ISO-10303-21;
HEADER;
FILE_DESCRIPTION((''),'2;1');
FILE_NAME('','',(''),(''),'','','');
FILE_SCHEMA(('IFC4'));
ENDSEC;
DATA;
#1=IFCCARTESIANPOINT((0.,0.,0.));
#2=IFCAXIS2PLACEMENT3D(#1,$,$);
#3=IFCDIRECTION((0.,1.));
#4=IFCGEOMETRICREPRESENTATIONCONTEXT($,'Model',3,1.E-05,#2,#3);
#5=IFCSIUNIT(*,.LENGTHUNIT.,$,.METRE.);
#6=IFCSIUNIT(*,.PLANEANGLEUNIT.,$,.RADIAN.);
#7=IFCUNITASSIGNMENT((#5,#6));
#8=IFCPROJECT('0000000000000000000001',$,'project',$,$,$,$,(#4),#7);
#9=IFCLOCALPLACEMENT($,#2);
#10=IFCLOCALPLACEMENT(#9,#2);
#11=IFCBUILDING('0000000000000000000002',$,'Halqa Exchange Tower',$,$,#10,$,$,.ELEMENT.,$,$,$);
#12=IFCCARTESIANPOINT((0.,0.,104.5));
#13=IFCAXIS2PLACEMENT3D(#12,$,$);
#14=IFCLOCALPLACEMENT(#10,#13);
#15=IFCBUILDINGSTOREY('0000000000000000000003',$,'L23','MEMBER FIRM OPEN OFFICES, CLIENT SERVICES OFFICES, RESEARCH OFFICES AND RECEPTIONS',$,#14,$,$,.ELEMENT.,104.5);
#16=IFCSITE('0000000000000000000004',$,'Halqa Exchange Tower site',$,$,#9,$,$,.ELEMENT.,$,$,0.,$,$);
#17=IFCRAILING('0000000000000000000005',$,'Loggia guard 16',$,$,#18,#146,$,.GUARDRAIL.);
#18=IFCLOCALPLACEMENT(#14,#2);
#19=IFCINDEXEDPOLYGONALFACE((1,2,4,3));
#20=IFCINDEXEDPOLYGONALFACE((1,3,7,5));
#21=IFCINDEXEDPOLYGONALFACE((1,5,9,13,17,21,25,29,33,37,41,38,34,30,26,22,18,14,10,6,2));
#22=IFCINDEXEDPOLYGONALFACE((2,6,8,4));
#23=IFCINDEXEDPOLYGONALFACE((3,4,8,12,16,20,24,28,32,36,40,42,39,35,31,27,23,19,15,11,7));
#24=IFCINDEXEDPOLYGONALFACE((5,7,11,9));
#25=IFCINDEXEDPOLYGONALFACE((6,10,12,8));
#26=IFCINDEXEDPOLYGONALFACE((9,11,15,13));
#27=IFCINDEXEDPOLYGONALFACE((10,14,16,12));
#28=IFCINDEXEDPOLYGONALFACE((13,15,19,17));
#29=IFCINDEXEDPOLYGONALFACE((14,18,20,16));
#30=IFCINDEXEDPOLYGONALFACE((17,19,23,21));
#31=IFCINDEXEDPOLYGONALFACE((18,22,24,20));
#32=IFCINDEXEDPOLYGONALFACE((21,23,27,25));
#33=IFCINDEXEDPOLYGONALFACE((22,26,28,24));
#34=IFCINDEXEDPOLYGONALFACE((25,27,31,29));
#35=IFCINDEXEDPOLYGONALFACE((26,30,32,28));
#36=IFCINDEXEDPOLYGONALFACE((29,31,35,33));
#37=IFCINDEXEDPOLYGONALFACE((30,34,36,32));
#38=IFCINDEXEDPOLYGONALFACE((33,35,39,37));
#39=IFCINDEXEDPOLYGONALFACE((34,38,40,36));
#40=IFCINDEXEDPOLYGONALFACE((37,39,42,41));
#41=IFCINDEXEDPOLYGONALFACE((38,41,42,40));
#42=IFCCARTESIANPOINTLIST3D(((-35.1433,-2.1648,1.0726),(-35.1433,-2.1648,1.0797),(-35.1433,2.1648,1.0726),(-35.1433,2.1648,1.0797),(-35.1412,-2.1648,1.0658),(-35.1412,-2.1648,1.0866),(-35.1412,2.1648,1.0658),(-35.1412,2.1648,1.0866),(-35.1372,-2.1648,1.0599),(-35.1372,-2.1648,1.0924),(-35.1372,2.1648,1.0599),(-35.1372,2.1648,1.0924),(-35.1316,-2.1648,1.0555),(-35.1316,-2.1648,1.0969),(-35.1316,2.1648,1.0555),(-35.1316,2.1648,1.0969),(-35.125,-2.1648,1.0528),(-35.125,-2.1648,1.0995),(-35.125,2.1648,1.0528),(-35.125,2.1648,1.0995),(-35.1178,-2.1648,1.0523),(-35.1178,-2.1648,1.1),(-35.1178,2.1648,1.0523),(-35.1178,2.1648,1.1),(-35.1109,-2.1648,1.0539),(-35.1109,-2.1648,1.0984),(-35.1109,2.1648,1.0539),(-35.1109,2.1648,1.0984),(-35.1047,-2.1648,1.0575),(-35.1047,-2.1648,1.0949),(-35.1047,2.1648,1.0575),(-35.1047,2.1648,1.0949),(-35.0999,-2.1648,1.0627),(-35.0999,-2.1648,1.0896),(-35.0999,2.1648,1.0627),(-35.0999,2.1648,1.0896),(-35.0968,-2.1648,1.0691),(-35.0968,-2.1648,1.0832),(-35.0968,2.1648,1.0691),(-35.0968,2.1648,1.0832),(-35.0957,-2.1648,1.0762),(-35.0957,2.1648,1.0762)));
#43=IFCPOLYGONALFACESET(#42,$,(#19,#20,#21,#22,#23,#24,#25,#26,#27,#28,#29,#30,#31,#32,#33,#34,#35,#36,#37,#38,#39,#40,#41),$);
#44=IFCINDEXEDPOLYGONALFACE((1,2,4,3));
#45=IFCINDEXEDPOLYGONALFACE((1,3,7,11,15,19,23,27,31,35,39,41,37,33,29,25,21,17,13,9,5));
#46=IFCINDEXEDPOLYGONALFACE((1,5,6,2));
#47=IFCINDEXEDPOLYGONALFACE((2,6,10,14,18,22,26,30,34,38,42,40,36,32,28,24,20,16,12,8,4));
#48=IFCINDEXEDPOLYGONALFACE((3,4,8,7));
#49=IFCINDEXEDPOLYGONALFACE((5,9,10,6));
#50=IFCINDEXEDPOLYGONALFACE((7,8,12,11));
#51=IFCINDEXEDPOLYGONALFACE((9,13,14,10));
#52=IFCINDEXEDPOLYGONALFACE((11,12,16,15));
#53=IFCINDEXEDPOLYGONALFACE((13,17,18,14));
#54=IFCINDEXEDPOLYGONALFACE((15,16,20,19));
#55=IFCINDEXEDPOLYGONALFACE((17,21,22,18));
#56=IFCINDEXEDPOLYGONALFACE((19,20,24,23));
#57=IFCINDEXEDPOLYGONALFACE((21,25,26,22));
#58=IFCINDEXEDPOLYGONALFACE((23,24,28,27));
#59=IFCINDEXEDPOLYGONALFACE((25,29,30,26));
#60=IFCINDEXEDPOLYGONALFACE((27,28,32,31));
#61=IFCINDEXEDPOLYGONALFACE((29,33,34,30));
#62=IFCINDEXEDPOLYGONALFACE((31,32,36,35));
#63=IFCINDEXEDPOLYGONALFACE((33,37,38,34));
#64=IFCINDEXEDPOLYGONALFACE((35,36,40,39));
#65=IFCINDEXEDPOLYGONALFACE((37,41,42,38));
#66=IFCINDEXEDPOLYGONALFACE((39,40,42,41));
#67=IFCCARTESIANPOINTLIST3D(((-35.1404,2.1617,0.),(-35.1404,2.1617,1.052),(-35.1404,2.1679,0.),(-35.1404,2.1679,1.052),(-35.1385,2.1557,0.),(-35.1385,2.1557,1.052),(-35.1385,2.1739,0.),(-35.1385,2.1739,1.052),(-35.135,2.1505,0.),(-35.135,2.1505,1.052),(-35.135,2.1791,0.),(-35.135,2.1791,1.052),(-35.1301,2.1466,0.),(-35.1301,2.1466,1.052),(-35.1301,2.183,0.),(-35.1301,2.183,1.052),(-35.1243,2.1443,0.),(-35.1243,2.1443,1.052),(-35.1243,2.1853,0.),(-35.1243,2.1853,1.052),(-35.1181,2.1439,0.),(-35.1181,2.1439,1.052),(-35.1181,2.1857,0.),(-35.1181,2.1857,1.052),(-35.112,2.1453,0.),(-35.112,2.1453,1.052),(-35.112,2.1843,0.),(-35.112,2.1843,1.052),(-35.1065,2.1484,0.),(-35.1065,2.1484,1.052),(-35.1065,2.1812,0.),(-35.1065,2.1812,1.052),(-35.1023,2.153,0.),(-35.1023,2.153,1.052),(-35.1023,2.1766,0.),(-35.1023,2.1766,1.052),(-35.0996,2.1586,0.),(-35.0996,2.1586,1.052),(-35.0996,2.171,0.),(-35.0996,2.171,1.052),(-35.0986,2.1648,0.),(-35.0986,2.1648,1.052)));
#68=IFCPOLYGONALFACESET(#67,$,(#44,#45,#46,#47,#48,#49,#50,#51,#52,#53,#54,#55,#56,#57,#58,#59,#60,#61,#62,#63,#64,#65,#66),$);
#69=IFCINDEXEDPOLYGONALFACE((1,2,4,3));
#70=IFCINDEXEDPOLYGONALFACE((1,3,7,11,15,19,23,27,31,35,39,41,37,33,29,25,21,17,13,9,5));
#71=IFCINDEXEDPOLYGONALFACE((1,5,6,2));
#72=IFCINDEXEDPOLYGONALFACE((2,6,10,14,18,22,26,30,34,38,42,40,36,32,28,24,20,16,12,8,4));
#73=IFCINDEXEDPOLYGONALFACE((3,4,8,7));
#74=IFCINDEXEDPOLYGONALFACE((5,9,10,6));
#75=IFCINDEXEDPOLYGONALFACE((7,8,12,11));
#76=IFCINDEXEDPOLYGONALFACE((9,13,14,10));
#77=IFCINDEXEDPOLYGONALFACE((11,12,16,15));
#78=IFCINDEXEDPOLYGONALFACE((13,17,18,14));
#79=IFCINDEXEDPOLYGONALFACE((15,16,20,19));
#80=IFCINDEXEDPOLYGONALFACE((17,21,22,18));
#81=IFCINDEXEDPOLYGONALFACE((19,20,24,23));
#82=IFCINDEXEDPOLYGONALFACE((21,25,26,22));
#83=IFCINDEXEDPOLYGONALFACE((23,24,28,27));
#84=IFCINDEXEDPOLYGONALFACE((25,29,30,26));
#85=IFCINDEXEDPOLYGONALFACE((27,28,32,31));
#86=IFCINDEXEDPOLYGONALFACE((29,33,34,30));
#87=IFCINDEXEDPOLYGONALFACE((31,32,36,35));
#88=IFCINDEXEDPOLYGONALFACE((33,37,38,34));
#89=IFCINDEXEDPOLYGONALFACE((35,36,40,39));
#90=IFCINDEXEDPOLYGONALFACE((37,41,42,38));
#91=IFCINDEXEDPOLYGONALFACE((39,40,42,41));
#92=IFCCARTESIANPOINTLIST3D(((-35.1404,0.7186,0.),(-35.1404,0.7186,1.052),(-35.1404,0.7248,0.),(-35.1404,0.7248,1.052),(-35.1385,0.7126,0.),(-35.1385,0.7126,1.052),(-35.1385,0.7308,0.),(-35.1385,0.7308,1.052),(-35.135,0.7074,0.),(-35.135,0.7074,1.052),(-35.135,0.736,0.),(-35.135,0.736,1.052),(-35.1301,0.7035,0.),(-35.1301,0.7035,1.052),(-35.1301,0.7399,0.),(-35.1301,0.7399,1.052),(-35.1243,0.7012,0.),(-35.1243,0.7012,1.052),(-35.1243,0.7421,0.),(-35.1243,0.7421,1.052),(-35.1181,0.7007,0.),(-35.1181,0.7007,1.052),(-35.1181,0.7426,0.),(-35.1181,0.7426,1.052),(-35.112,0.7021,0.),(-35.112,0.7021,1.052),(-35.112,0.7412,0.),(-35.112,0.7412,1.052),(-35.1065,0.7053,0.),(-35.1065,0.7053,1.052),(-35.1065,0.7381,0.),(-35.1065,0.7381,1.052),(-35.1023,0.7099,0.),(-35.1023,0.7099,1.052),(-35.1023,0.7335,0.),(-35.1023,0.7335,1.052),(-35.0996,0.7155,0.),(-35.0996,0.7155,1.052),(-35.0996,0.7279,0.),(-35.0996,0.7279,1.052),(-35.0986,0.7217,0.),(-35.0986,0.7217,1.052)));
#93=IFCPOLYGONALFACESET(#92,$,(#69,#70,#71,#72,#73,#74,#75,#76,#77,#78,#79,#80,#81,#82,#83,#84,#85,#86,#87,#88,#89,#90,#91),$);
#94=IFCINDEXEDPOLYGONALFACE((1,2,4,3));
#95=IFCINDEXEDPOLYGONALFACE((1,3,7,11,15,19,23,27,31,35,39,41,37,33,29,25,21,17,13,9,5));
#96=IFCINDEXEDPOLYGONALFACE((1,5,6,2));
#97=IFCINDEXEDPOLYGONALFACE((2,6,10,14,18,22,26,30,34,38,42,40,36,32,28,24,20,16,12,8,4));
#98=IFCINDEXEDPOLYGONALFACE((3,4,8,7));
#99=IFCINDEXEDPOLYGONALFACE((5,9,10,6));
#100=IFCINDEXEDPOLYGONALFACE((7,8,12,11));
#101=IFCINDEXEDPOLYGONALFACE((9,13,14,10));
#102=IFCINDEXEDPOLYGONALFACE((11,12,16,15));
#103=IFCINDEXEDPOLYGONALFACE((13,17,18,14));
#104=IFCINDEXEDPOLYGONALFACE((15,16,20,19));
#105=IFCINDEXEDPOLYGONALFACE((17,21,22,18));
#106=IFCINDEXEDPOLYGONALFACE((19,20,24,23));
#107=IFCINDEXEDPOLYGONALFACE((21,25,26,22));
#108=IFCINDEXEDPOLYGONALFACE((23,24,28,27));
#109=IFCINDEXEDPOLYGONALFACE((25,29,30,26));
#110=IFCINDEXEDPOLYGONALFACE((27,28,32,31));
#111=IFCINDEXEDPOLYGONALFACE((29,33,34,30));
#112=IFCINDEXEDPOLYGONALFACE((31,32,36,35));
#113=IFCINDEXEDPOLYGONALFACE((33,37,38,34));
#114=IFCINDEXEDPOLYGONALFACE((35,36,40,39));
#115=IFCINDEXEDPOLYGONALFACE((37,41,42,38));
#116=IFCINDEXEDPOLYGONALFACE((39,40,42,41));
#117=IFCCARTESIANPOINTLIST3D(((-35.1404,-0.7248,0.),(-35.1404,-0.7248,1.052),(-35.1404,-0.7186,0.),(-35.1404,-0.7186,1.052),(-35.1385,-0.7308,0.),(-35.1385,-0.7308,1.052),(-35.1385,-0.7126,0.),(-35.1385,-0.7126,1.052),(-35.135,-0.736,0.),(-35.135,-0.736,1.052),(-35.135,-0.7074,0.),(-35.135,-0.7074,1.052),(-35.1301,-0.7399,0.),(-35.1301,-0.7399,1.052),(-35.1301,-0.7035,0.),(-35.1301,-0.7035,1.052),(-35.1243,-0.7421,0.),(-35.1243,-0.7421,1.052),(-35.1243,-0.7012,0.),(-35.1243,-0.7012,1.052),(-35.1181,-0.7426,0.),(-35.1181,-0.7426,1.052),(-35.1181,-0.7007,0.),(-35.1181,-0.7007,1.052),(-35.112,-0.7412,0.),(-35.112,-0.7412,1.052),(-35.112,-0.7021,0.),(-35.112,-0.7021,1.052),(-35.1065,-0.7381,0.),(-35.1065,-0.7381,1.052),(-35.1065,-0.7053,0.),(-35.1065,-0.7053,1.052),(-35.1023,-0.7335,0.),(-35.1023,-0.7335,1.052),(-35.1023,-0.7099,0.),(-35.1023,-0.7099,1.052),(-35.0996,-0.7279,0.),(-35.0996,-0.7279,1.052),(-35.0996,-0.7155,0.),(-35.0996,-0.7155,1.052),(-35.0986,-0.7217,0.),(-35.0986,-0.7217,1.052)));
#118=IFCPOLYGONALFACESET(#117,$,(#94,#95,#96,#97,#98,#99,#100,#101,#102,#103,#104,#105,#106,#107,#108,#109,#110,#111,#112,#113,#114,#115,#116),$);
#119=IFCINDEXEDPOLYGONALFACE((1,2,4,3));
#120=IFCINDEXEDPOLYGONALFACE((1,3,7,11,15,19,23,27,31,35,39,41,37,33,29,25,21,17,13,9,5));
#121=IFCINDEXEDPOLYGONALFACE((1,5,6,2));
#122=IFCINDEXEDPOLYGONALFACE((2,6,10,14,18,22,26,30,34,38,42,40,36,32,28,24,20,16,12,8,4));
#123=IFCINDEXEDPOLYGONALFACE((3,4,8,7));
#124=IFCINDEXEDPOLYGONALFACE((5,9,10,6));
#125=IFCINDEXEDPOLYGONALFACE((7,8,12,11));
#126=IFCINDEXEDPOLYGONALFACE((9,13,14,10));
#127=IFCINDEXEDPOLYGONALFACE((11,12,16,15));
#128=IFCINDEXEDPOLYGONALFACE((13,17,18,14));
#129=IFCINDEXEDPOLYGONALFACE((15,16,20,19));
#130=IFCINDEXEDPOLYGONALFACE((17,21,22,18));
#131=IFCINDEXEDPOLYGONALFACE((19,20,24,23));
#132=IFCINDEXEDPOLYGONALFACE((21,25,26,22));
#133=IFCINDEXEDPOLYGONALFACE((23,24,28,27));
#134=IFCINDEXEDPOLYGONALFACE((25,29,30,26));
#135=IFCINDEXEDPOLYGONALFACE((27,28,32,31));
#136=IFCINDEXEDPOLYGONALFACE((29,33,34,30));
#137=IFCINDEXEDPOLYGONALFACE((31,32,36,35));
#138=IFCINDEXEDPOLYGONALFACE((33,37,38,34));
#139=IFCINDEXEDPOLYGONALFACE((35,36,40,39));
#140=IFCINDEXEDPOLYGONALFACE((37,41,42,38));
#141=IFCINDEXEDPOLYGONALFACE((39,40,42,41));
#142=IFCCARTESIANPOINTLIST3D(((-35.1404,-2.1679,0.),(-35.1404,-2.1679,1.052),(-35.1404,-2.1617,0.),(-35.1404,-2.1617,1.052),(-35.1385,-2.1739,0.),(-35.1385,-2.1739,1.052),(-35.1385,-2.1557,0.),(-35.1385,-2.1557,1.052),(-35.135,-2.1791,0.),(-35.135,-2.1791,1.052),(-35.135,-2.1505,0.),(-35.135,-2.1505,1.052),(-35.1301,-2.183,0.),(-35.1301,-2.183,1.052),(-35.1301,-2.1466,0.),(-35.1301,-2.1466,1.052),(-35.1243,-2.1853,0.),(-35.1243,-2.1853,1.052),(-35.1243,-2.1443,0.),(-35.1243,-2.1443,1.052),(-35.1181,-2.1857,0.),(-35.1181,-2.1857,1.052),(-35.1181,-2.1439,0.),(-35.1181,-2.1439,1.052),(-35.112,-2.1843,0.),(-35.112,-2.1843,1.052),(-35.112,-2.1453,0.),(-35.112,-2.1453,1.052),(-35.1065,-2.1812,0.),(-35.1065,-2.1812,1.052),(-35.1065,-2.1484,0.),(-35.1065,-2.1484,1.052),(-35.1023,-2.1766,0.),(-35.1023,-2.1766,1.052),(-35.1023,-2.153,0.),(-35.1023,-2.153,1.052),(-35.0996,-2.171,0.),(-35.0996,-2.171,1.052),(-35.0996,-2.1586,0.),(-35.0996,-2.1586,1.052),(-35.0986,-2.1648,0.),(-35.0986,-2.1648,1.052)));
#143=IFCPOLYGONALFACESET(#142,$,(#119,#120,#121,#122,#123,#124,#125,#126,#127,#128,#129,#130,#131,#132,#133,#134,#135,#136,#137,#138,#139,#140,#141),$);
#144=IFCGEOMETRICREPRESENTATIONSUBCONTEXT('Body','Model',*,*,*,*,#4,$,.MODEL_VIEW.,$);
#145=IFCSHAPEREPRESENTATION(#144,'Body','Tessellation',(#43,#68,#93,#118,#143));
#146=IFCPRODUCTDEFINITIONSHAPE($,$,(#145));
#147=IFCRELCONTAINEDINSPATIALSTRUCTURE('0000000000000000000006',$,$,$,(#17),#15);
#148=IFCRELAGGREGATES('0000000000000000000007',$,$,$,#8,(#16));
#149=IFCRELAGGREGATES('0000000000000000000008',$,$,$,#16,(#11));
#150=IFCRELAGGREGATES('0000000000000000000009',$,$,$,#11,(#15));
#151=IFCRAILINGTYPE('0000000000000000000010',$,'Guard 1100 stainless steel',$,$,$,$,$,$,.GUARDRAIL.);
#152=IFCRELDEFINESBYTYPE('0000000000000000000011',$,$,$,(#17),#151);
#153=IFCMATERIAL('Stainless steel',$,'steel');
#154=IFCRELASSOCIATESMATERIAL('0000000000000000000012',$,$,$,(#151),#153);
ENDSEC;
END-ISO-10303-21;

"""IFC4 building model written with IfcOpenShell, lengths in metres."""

from ifc_helpers import new_model, si_unit, direction, frame, origin, origin_2d, place, context, subcontext, project, spatial, circle, extrude, material, type_object, element, save


model = new_model("IFC4")

# Units and contexts
model_context = context("Model", 3, precision=1e-05, world=origin(), true_north=direction((0.0, 1.0)))
body_context = subcontext(model_context, "Body", "Model", "MODEL_VIEW")
ifc_project = project(units=[si_unit("LENGTHUNIT", "METRE"), si_unit("PLANEANGLEUNIT", "RADIAN")], contexts=[model_context])

# Site, building, storey
site_placement = place(None, origin())
site = spatial("IfcSite", under=ifc_project, at=site_placement, Name="Halqa Exchange Tower site", CompositionType="ELEMENT", RefElevation=0.0)
building_placement = place(site_placement, origin())
building = spatial("IfcBuilding", under=site, at=building_placement, Name="Halqa Exchange Tower", CompositionType="ELEMENT")
storey_placement = place(building_placement, frame((0.0, 0.0, 104.5)))
storey = spatial("IfcBuildingStorey", under=building, at=storey_placement, Name="L23", Description="MEMBER FIRM OPEN OFFICES, CLIENT SERVICES OFFICES, RESEARCH OFFICES AND RECEPTIONS", CompositionType="ELEMENT", Elevation=104.5)

# Railing
ifc_material_1 = material(Name="Stainless steel", Category="steel")
railing_type = type_object("IfcRailingType", Name="Guard 1100 stainless steel", PredefinedType="GUARDRAIL", material=ifc_material_1)
railing_1_placement = place(storey_placement, frame((-35.1196, 2.1648, 0.0)))
element("IfcRailing", 1, at=railing_1_placement, inside=storey, type_object=railing_type, Name="Loggia guard 16", PredefinedType="GUARDRAIL", context=body_context, shape_type="SweptSolid", body=[
    extrude(circle(Radius=0.0239, at=origin_2d()), frame((0.0, 0.0, 1.0762), z_axis=(0.0, -1.0, 0.0), x_axis=(1.0, 0.0, 0.0)), (0.0, 0.0, 1.0), 4.3296),
    extrude(circle(Radius=0.021, at=origin_2d()), origin(), (0.0, 0.0, 1.0), 1.052),
    extrude(circle(Radius=0.021, at=origin_2d()), frame((0.0, -1.4431, 0.0)), (0.0, 0.0, 1.0), 1.052),
    extrude(circle(Radius=0.021, at=origin_2d()), frame((0.0, -2.8865, 0.0)), (0.0, 0.0, 1.0), 1.052),
    extrude(circle(Radius=0.021, at=origin_2d()), frame((0.0, -4.3296, 0.0)), (0.0, 0.0, 1.0), 1.052),
])

save(model, "model.ifc")
